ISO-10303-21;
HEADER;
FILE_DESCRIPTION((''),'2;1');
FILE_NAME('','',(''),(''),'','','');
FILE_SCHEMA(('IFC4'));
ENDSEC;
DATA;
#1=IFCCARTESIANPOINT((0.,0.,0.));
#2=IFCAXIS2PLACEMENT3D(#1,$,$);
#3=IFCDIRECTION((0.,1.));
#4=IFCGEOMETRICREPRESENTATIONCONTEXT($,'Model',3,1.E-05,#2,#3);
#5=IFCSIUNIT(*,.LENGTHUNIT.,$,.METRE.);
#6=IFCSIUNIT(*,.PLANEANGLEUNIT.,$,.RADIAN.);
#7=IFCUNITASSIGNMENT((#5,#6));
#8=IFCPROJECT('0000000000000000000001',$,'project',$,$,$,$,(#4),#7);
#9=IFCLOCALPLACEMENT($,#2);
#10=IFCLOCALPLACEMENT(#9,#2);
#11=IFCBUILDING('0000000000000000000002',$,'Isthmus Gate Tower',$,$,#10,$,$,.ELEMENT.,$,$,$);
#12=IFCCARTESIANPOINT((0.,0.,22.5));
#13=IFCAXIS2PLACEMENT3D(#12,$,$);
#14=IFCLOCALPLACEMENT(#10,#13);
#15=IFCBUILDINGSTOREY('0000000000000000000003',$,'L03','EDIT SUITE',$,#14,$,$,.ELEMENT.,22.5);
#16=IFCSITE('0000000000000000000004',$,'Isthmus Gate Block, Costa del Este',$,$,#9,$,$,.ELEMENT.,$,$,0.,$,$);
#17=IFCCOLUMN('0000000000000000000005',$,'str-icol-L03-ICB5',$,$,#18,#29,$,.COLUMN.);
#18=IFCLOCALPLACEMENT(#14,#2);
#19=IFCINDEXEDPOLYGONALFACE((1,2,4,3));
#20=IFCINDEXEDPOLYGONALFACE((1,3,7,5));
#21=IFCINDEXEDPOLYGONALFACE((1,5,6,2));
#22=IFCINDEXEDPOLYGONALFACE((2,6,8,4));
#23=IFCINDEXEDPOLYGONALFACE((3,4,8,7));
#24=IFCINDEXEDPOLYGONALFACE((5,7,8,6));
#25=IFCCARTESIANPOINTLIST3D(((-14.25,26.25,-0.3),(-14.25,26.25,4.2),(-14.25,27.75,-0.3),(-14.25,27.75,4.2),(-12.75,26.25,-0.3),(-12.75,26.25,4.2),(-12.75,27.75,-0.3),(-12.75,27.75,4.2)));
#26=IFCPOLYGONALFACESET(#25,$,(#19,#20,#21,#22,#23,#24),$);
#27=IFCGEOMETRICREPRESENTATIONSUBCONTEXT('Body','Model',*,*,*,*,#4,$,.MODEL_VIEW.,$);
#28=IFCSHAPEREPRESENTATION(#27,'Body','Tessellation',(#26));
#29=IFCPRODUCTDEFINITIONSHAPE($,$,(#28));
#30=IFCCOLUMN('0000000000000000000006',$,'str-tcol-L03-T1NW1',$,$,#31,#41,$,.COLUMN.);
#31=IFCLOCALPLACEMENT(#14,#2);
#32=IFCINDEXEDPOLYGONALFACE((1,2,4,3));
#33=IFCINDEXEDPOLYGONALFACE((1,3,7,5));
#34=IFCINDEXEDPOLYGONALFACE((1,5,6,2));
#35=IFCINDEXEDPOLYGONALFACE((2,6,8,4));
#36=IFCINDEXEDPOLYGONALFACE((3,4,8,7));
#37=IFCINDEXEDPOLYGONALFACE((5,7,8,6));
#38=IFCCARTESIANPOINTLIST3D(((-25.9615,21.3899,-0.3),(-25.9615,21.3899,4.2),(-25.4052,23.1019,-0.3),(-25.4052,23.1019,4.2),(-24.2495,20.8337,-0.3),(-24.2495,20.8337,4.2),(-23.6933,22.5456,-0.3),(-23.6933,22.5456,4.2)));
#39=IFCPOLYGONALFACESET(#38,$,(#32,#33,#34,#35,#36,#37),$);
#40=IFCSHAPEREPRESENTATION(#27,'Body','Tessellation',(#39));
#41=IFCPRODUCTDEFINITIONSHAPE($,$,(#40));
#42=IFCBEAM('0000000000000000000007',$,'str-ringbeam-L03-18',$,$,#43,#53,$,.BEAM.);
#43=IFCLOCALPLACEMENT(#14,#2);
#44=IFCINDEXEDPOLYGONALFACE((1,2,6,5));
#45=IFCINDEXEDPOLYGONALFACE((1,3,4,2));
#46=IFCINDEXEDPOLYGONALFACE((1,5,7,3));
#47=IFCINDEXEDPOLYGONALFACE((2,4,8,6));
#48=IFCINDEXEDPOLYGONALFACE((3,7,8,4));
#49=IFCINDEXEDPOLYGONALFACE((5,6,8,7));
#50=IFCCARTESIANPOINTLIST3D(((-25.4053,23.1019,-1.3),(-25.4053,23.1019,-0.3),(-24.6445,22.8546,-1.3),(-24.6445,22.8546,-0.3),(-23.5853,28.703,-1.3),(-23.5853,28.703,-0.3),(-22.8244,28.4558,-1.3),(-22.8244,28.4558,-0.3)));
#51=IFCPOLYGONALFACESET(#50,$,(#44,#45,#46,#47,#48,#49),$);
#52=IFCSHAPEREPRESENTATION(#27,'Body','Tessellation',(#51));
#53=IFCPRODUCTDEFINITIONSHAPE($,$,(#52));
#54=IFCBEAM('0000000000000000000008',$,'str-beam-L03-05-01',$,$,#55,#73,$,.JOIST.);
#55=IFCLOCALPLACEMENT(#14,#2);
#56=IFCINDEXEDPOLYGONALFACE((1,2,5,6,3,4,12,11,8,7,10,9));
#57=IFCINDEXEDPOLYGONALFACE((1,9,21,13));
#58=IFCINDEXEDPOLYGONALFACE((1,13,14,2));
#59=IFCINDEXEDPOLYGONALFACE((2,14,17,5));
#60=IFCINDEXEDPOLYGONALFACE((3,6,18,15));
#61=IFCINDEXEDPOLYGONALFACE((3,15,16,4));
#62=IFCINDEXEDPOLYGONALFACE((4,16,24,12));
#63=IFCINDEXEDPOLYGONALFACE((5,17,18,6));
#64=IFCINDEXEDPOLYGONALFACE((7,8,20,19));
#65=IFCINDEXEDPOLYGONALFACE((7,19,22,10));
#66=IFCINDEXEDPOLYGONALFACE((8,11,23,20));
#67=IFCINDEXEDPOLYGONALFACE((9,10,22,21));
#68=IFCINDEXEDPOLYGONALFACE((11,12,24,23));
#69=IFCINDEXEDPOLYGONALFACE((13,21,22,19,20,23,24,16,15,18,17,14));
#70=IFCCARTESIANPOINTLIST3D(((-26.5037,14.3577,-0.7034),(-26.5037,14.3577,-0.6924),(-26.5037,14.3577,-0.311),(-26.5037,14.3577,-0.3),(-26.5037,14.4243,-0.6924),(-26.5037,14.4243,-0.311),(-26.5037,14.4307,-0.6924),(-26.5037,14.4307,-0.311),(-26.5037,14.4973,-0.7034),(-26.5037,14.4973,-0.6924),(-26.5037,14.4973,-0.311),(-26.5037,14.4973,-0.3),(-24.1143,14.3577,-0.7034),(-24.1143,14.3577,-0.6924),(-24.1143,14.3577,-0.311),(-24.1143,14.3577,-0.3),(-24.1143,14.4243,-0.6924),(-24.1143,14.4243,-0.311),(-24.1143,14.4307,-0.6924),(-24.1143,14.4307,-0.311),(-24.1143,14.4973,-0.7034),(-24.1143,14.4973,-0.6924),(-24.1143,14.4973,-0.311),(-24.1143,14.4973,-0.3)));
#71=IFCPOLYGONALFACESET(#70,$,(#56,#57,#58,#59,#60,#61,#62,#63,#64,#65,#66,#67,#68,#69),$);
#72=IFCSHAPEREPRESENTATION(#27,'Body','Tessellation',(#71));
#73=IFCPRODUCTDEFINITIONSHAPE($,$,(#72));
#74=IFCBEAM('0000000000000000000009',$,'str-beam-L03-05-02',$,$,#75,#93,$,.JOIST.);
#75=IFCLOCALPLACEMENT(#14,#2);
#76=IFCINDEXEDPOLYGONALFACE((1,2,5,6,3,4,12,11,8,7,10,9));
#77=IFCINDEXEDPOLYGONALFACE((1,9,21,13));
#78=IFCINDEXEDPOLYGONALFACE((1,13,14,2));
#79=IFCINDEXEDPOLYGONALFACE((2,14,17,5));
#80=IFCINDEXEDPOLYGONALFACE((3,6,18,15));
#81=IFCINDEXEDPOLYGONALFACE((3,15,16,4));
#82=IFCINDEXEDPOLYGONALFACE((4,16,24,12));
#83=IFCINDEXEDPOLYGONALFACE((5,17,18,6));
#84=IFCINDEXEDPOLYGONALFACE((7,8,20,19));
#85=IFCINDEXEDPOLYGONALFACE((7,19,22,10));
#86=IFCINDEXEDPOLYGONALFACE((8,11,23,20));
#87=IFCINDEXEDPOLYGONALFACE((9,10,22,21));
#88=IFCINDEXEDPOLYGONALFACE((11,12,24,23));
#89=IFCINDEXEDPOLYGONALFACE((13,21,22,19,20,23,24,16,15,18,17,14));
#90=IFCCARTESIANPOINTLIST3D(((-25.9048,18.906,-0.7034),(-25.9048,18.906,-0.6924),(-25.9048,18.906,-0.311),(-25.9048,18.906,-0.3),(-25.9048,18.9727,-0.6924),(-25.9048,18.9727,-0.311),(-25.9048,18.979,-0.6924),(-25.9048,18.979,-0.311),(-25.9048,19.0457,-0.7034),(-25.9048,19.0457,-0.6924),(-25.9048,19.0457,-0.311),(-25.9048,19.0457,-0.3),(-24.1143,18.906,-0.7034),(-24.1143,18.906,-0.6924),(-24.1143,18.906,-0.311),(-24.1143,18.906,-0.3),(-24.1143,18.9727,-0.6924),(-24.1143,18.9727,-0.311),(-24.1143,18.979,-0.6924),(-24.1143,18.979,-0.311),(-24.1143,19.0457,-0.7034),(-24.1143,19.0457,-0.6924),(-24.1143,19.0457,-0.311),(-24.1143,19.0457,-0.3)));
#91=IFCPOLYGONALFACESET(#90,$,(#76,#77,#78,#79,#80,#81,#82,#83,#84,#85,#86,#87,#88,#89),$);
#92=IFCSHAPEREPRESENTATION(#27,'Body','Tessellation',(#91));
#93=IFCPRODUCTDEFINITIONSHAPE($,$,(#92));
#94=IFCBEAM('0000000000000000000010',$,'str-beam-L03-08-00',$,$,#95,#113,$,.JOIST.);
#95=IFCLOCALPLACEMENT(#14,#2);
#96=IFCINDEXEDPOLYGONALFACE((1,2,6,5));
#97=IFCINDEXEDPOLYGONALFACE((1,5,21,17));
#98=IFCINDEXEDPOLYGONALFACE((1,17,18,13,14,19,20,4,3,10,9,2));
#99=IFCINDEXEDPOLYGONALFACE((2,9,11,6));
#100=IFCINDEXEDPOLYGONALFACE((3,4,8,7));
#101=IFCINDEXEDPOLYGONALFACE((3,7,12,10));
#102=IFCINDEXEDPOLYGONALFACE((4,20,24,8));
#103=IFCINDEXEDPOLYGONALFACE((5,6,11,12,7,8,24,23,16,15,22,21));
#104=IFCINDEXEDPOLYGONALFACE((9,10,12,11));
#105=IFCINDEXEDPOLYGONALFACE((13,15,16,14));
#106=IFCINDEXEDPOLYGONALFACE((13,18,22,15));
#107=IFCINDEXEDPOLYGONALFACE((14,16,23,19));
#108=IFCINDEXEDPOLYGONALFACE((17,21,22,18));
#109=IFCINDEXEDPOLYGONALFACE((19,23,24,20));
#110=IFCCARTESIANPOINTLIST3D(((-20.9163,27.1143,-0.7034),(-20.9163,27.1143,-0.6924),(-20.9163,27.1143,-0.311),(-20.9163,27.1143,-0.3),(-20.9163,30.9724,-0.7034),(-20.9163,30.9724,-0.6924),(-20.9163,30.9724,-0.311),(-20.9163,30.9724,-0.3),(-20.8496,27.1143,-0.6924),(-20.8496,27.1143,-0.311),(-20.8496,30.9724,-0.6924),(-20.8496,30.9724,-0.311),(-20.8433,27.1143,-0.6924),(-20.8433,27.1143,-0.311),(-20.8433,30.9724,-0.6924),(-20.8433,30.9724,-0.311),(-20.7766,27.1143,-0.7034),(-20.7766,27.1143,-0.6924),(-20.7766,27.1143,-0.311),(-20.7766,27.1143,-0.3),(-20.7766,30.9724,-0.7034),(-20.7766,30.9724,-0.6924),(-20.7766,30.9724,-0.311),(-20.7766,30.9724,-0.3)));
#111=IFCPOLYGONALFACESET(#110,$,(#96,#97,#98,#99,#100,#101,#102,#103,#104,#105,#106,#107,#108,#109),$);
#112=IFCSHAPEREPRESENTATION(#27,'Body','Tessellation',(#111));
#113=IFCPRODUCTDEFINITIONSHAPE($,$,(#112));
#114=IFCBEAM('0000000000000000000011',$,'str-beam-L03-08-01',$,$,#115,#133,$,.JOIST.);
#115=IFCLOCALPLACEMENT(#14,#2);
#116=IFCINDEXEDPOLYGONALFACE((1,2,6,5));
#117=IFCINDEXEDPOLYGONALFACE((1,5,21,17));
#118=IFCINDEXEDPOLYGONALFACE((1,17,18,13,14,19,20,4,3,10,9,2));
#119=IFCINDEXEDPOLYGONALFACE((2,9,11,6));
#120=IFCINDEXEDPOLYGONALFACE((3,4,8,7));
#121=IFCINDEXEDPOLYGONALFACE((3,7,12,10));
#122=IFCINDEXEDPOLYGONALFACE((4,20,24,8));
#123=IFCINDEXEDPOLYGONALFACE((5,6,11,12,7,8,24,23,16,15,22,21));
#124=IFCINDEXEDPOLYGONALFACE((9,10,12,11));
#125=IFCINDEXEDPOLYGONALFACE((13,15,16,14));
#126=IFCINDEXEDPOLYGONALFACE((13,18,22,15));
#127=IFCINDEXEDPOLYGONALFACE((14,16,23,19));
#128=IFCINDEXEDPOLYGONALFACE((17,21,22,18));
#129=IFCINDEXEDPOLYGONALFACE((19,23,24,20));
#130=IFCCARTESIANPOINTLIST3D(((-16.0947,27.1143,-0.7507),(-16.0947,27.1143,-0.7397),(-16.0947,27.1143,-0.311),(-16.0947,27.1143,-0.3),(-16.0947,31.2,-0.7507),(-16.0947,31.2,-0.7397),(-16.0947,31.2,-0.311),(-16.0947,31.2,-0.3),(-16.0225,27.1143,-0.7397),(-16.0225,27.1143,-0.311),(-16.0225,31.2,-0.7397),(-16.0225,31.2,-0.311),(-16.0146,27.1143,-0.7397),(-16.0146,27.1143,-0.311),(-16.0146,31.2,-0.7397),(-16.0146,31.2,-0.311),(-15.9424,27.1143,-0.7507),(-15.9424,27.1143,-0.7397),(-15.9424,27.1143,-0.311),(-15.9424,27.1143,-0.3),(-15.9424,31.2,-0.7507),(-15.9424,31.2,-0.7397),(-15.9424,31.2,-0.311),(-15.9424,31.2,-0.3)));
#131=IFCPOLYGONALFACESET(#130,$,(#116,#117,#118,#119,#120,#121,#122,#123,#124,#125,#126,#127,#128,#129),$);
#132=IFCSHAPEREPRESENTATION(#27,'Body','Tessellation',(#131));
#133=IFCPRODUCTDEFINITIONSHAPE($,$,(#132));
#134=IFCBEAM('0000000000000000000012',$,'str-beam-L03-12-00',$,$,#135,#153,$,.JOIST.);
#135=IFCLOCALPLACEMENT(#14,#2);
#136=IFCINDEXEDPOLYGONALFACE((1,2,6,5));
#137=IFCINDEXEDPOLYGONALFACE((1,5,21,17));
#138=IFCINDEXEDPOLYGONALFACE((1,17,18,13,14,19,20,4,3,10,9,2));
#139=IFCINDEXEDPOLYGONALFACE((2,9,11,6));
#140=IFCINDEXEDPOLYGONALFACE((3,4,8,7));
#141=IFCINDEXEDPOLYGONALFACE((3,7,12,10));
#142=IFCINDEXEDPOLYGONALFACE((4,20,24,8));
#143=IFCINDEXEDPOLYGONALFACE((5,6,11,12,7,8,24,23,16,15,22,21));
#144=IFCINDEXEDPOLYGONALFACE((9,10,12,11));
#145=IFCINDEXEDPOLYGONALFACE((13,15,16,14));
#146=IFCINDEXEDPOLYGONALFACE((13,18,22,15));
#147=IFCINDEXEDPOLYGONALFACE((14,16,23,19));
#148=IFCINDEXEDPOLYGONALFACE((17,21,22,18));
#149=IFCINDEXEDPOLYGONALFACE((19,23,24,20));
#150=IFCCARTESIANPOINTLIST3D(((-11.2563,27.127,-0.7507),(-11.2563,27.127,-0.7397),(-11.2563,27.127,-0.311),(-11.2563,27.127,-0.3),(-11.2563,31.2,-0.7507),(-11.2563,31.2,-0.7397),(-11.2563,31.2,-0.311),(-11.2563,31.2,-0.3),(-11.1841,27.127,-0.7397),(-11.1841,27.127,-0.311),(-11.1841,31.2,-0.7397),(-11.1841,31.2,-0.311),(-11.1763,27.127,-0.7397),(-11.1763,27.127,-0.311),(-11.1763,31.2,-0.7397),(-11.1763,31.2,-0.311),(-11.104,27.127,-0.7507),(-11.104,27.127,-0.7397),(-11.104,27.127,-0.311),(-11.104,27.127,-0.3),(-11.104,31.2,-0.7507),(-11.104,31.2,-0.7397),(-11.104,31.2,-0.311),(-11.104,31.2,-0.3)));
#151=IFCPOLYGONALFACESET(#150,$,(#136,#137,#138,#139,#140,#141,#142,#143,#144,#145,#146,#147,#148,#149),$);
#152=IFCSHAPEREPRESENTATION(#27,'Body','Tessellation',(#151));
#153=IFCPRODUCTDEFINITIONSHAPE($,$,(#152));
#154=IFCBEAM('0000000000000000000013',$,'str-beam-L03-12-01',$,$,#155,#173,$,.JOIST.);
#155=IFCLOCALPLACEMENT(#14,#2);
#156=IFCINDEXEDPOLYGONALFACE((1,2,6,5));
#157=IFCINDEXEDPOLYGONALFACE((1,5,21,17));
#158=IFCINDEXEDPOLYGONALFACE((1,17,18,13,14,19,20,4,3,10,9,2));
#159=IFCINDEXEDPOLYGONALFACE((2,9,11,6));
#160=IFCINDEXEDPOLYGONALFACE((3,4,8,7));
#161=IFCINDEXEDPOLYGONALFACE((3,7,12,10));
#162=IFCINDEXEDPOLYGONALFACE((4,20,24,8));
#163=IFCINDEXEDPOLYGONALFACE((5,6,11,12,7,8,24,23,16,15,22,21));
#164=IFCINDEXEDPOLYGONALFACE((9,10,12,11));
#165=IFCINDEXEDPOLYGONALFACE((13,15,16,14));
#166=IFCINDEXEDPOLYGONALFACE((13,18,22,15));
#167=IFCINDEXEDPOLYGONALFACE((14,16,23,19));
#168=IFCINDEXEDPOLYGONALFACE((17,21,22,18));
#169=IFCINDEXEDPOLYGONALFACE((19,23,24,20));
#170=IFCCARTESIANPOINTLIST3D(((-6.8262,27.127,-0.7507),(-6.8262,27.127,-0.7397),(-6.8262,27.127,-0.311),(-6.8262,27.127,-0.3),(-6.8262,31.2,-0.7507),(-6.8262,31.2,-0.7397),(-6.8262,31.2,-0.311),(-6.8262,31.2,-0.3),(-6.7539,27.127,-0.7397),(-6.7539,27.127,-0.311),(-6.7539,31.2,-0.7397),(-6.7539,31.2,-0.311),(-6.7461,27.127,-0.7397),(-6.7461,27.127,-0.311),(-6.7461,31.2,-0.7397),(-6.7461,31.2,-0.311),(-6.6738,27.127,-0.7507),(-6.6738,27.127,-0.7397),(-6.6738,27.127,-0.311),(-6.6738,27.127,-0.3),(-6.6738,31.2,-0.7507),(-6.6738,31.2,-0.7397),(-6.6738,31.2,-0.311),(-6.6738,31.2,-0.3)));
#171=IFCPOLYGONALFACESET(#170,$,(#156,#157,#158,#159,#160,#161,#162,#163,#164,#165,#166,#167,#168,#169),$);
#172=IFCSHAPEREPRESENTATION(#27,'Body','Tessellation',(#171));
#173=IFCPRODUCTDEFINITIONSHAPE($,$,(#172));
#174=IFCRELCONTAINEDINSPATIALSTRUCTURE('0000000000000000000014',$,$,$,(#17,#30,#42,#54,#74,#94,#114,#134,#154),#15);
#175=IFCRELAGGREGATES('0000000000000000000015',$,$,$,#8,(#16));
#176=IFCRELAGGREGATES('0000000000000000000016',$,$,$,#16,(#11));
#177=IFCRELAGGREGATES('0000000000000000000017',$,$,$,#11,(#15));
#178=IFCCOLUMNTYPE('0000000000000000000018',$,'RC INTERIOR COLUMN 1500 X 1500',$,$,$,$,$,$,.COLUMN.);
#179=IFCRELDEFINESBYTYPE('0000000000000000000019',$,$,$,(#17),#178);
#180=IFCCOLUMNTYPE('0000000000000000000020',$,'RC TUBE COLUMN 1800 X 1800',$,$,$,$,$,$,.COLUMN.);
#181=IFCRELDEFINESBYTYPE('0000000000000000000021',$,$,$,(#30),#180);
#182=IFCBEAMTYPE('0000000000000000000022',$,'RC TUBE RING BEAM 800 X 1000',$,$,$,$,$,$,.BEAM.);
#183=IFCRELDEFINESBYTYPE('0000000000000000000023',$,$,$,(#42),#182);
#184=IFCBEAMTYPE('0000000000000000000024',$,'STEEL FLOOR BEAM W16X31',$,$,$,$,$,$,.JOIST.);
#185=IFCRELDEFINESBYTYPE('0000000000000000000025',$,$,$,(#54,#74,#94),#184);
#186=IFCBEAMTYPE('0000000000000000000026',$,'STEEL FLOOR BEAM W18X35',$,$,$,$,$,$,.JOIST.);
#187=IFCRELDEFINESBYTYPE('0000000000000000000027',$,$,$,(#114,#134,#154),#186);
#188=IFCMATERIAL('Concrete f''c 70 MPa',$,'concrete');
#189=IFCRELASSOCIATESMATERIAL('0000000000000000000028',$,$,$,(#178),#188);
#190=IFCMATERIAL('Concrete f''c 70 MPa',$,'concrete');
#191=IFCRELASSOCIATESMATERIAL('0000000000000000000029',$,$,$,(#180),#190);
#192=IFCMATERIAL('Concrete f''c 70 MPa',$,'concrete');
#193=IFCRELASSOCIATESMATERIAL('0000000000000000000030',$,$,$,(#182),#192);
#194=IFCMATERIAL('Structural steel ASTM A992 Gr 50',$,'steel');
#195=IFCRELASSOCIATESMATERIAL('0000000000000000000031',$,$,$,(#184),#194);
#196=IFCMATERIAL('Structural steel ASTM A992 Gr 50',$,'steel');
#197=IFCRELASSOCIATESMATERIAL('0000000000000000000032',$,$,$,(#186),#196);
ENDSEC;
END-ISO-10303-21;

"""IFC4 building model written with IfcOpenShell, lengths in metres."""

from ifc_helpers import new_model, si_unit, direction, frame, origin, origin_2d, place, context, subcontext, project, spatial, rectangle, i_section, extrude, material, material_profile, profile_set, type_object, element, save


model = new_model("IFC4")

# Units and contexts
model_context = context("Model", 3, precision=1e-05, world=origin(), true_north=direction((0.0, 1.0)))
body_context = subcontext(model_context, "Body", "Model", "MODEL_VIEW")
ifc_project = project(units=[si_unit("LENGTHUNIT", "METRE"), si_unit("PLANEANGLEUNIT", "RADIAN")], contexts=[model_context])

# Site, building, storey
site_placement = place(None, origin())
site = spatial("IfcSite", under=ifc_project, at=site_placement, Name="Isthmus Gate Block, Costa del Este", CompositionType="ELEMENT", RefElevation=0.0)
building_placement = place(site_placement, origin())
building = spatial("IfcBuilding", under=site, at=building_placement, Name="Isthmus Gate Tower", CompositionType="ELEMENT")
storey_placement = place(building_placement, frame((0.0, 0.0, 22.5)))
storey = spatial("IfcBuildingStorey", under=building, at=storey_placement, Name="L03", Description="EDIT SUITE", CompositionType="ELEMENT", Elevation=22.5)

# Columns
ifc_material_1 = material(Name="Concrete f'c 70 MPa", Category="concrete")
ifc_material_profile_1 = material_profile(ifc_material_1, rectangle(XDim=1.5, YDim=1.5, at=origin_2d()), Name="RC 1500X1500")
ifc_profile_set_1 = profile_set([ifc_material_profile_1], Name="Concrete f'c 70 MPa")
column_type_1 = type_object("IfcColumnType", Name="RC INTERIOR COLUMN 1500 X 1500", PredefinedType="COLUMN", material=ifc_profile_set_1)
column_1_placement = place(storey_placement, frame((-13.5, 27.0, -0.3), z_axis=(0.0, 0.0, 1.0), x_axis=(1.0, 0.0, 0.0)))
element("IfcColumn", 1, at=column_1_placement, inside=storey, type_object=column_type_1, Name="str-icol-L03-ICB5", PredefinedType="COLUMN", context=body_context, shape_type="SweptSolid", body=[
    extrude(rectangle(XDim=1.5, YDim=1.5, at=origin_2d()), origin(), (0.0, 0.0, 1.0), 4.5),
])
ifc_material_2 = material(Name="Concrete f'c 70 MPa", Category="concrete")
ifc_material_profile_2 = material_profile(ifc_material_2, rectangle(XDim=1.8, YDim=1.8, at=origin_2d()), Name="RC 1800X1800")
ifc_profile_set_2 = profile_set([ifc_material_profile_2], Name="Concrete f'c 70 MPa")
column_type_2 = type_object("IfcColumnType", Name="RC TUBE COLUMN 1800 X 1800", PredefinedType="COLUMN", material=ifc_profile_set_2)
column_2_placement = place(storey_placement, frame((-24.8274, 21.9678, -0.3), z_axis=(0.0, 0.0, 1.0), x_axis=(-0.309017, -0.951057, 0.0)))
element("IfcColumn", 2, at=column_2_placement, inside=storey, type_object=column_type_2, Name="str-tcol-L03-T1NW1", PredefinedType="COLUMN", context=body_context, shape_type="SweptSolid", body=[
    extrude(rectangle(XDim=1.8, YDim=1.8, at=origin_2d()), origin(), (0.0, 0.0, 1.0), 4.5),
])

# Beams
ifc_material_3 = material(Name="Concrete f'c 70 MPa", Category="concrete")
ifc_material_profile_3 = material_profile(ifc_material_3, rectangle(XDim=0.8, YDim=1.0, at=origin_2d()), Name="RC 800X1000")
ifc_profile_set_3 = profile_set([ifc_material_profile_3], Name="Concrete f'c 70 MPa")
beam_type_1 = type_object("IfcBeamType", Name="RC TUBE RING BEAM 800 X 1000", PredefinedType="BEAM", material=ifc_profile_set_3)
beam_1_placement = place(storey_placement, frame((-25.0249, 22.9783, -0.8), z_axis=(0.309043, 0.951048, 0.0), x_axis=(-0.951048, 0.309043, 0.0)))
element("IfcBeam", 3, at=beam_1_placement, inside=storey, type_object=beam_type_1, Name="str-ringbeam-L03-18", PredefinedType="BEAM", context=body_context, shape_type="SweptSolid", body=[
    extrude(rectangle(XDim=0.8, YDim=1.0, at=origin_2d()), origin(), (0.0, 0.0, 1.0), 5.8894),
])
ifc_material_4 = material(Name="Structural steel ASTM A992 Gr 50", Category="steel")
ifc_material_profile_4 = material_profile(ifc_material_4, i_section(OverallWidth=0.1396, OverallDepth=0.4033, WebThickness=0.0063, FlangeThickness=0.011, at=origin_2d()), Name="W16X31")
ifc_profile_set_4 = profile_set([ifc_material_profile_4], Name="Structural steel ASTM A992 Gr 50")
beam_type_2 = type_object("IfcBeamType", Name="STEEL FLOOR BEAM W16X31", PredefinedType="JOIST", material=ifc_profile_set_4)
beam_2_placement = place(storey_placement, frame((-26.5037, 14.4275, -0.5017), z_axis=(1.0, 0.0, 0.0), x_axis=(0.0, 1.0, 0.0)))
element("IfcBeam", 4, at=beam_2_placement, inside=storey, type_object=beam_type_2, Name="str-beam-L03-05-01", PredefinedType="JOIST", context=body_context, shape_type="SweptSolid", body=[
    extrude(i_section(OverallWidth=0.1396, OverallDepth=0.4033, WebThickness=0.0063, FlangeThickness=0.011, at=origin_2d()), origin(), (0.0, 0.0, 1.0), 2.3894),
])
beam_3_placement = place(storey_placement, frame((-25.9048, 18.9758, -0.5017), z_axis=(1.0, 0.0, 0.0), x_axis=(0.0, 1.0, 0.0)))
element("IfcBeam", 5, at=beam_3_placement, inside=storey, type_object=beam_type_2, Name="str-beam-L03-05-02", PredefinedType="JOIST", context=body_context, shape_type="SweptSolid", body=[
    extrude(i_section(OverallWidth=0.1396, OverallDepth=0.4033, WebThickness=0.0063, FlangeThickness=0.011, at=origin_2d()), origin(), (0.0, 0.0, 1.0), 1.7905),
])
beam_4_placement = place(storey_placement, frame((-20.8464, 27.1143, -0.5017), z_axis=(0.0, 1.0, 0.0), x_axis=(-1.0, 0.0, 0.0)))
element("IfcBeam", 6, at=beam_4_placement, inside=storey, type_object=beam_type_2, Name="str-beam-L03-08-00", PredefinedType="JOIST", context=body_context, shape_type="SweptSolid", body=[
    extrude(i_section(OverallWidth=0.1396, OverallDepth=0.4033, WebThickness=0.0063, FlangeThickness=0.011, at=origin_2d()), origin(), (0.0, 0.0, 1.0), 3.8582),
])
ifc_material_5 = material(Name="Structural steel ASTM A992 Gr 50", Category="steel")
ifc_material_profile_5 = material_profile(ifc_material_5, i_section(OverallWidth=0.1523, OverallDepth=0.4507, WebThickness=0.0078, FlangeThickness=0.011, at=origin_2d()), Name="W18X35")
ifc_profile_set_5 = profile_set([ifc_material_profile_5], Name="Structural steel ASTM A992 Gr 50")
beam_type_3 = type_object("IfcBeamType", Name="STEEL FLOOR BEAM W18X35", PredefinedType="JOIST", material=ifc_profile_set_5)
beam_5_placement = place(storey_placement, frame((-16.0186, 27.1143, -0.5254), z_axis=(0.0, 1.0, 0.0), x_axis=(-1.0, 0.0, 0.0)))
element("IfcBeam", 7, at=beam_5_placement, inside=storey, type_object=beam_type_3, Name="str-beam-L03-08-01", PredefinedType="JOIST", context=body_context, shape_type="SweptSolid", body=[
    extrude(i_section(OverallWidth=0.1523, OverallDepth=0.4507, WebThickness=0.0078, FlangeThickness=0.011, at=origin_2d()), origin(), (0.0, 0.0, 1.0), 4.0857),
])
for number, where, z_axis, x_axis, name in (
    (8, (-11.1802, 27.127, -0.5254), (0.0, 1.0, 0.0), (-1.0, 0.0, 0.0), "str-beam-L03-12-00"),
    (9, (-6.75, 27.127, -0.5254), (0.0, 1.0, 0.0), (-1.0, 0.0, 0.0), "str-beam-L03-12-01"),
):
    element("IfcBeam", number, at=place(storey_placement, frame(where, z_axis=z_axis, x_axis=x_axis)), inside=storey, type_object=beam_type_3, Name=name, PredefinedType="JOIST", context=body_context, shape_type="SweptSolid", body=[
        extrude(i_section(OverallWidth=0.1523, OverallDepth=0.4507, WebThickness=0.0078, FlangeThickness=0.011, at=origin_2d()), origin(), (0.0, 0.0, 1.0), 4.073),
    ])

save(model, "model.ifc")
